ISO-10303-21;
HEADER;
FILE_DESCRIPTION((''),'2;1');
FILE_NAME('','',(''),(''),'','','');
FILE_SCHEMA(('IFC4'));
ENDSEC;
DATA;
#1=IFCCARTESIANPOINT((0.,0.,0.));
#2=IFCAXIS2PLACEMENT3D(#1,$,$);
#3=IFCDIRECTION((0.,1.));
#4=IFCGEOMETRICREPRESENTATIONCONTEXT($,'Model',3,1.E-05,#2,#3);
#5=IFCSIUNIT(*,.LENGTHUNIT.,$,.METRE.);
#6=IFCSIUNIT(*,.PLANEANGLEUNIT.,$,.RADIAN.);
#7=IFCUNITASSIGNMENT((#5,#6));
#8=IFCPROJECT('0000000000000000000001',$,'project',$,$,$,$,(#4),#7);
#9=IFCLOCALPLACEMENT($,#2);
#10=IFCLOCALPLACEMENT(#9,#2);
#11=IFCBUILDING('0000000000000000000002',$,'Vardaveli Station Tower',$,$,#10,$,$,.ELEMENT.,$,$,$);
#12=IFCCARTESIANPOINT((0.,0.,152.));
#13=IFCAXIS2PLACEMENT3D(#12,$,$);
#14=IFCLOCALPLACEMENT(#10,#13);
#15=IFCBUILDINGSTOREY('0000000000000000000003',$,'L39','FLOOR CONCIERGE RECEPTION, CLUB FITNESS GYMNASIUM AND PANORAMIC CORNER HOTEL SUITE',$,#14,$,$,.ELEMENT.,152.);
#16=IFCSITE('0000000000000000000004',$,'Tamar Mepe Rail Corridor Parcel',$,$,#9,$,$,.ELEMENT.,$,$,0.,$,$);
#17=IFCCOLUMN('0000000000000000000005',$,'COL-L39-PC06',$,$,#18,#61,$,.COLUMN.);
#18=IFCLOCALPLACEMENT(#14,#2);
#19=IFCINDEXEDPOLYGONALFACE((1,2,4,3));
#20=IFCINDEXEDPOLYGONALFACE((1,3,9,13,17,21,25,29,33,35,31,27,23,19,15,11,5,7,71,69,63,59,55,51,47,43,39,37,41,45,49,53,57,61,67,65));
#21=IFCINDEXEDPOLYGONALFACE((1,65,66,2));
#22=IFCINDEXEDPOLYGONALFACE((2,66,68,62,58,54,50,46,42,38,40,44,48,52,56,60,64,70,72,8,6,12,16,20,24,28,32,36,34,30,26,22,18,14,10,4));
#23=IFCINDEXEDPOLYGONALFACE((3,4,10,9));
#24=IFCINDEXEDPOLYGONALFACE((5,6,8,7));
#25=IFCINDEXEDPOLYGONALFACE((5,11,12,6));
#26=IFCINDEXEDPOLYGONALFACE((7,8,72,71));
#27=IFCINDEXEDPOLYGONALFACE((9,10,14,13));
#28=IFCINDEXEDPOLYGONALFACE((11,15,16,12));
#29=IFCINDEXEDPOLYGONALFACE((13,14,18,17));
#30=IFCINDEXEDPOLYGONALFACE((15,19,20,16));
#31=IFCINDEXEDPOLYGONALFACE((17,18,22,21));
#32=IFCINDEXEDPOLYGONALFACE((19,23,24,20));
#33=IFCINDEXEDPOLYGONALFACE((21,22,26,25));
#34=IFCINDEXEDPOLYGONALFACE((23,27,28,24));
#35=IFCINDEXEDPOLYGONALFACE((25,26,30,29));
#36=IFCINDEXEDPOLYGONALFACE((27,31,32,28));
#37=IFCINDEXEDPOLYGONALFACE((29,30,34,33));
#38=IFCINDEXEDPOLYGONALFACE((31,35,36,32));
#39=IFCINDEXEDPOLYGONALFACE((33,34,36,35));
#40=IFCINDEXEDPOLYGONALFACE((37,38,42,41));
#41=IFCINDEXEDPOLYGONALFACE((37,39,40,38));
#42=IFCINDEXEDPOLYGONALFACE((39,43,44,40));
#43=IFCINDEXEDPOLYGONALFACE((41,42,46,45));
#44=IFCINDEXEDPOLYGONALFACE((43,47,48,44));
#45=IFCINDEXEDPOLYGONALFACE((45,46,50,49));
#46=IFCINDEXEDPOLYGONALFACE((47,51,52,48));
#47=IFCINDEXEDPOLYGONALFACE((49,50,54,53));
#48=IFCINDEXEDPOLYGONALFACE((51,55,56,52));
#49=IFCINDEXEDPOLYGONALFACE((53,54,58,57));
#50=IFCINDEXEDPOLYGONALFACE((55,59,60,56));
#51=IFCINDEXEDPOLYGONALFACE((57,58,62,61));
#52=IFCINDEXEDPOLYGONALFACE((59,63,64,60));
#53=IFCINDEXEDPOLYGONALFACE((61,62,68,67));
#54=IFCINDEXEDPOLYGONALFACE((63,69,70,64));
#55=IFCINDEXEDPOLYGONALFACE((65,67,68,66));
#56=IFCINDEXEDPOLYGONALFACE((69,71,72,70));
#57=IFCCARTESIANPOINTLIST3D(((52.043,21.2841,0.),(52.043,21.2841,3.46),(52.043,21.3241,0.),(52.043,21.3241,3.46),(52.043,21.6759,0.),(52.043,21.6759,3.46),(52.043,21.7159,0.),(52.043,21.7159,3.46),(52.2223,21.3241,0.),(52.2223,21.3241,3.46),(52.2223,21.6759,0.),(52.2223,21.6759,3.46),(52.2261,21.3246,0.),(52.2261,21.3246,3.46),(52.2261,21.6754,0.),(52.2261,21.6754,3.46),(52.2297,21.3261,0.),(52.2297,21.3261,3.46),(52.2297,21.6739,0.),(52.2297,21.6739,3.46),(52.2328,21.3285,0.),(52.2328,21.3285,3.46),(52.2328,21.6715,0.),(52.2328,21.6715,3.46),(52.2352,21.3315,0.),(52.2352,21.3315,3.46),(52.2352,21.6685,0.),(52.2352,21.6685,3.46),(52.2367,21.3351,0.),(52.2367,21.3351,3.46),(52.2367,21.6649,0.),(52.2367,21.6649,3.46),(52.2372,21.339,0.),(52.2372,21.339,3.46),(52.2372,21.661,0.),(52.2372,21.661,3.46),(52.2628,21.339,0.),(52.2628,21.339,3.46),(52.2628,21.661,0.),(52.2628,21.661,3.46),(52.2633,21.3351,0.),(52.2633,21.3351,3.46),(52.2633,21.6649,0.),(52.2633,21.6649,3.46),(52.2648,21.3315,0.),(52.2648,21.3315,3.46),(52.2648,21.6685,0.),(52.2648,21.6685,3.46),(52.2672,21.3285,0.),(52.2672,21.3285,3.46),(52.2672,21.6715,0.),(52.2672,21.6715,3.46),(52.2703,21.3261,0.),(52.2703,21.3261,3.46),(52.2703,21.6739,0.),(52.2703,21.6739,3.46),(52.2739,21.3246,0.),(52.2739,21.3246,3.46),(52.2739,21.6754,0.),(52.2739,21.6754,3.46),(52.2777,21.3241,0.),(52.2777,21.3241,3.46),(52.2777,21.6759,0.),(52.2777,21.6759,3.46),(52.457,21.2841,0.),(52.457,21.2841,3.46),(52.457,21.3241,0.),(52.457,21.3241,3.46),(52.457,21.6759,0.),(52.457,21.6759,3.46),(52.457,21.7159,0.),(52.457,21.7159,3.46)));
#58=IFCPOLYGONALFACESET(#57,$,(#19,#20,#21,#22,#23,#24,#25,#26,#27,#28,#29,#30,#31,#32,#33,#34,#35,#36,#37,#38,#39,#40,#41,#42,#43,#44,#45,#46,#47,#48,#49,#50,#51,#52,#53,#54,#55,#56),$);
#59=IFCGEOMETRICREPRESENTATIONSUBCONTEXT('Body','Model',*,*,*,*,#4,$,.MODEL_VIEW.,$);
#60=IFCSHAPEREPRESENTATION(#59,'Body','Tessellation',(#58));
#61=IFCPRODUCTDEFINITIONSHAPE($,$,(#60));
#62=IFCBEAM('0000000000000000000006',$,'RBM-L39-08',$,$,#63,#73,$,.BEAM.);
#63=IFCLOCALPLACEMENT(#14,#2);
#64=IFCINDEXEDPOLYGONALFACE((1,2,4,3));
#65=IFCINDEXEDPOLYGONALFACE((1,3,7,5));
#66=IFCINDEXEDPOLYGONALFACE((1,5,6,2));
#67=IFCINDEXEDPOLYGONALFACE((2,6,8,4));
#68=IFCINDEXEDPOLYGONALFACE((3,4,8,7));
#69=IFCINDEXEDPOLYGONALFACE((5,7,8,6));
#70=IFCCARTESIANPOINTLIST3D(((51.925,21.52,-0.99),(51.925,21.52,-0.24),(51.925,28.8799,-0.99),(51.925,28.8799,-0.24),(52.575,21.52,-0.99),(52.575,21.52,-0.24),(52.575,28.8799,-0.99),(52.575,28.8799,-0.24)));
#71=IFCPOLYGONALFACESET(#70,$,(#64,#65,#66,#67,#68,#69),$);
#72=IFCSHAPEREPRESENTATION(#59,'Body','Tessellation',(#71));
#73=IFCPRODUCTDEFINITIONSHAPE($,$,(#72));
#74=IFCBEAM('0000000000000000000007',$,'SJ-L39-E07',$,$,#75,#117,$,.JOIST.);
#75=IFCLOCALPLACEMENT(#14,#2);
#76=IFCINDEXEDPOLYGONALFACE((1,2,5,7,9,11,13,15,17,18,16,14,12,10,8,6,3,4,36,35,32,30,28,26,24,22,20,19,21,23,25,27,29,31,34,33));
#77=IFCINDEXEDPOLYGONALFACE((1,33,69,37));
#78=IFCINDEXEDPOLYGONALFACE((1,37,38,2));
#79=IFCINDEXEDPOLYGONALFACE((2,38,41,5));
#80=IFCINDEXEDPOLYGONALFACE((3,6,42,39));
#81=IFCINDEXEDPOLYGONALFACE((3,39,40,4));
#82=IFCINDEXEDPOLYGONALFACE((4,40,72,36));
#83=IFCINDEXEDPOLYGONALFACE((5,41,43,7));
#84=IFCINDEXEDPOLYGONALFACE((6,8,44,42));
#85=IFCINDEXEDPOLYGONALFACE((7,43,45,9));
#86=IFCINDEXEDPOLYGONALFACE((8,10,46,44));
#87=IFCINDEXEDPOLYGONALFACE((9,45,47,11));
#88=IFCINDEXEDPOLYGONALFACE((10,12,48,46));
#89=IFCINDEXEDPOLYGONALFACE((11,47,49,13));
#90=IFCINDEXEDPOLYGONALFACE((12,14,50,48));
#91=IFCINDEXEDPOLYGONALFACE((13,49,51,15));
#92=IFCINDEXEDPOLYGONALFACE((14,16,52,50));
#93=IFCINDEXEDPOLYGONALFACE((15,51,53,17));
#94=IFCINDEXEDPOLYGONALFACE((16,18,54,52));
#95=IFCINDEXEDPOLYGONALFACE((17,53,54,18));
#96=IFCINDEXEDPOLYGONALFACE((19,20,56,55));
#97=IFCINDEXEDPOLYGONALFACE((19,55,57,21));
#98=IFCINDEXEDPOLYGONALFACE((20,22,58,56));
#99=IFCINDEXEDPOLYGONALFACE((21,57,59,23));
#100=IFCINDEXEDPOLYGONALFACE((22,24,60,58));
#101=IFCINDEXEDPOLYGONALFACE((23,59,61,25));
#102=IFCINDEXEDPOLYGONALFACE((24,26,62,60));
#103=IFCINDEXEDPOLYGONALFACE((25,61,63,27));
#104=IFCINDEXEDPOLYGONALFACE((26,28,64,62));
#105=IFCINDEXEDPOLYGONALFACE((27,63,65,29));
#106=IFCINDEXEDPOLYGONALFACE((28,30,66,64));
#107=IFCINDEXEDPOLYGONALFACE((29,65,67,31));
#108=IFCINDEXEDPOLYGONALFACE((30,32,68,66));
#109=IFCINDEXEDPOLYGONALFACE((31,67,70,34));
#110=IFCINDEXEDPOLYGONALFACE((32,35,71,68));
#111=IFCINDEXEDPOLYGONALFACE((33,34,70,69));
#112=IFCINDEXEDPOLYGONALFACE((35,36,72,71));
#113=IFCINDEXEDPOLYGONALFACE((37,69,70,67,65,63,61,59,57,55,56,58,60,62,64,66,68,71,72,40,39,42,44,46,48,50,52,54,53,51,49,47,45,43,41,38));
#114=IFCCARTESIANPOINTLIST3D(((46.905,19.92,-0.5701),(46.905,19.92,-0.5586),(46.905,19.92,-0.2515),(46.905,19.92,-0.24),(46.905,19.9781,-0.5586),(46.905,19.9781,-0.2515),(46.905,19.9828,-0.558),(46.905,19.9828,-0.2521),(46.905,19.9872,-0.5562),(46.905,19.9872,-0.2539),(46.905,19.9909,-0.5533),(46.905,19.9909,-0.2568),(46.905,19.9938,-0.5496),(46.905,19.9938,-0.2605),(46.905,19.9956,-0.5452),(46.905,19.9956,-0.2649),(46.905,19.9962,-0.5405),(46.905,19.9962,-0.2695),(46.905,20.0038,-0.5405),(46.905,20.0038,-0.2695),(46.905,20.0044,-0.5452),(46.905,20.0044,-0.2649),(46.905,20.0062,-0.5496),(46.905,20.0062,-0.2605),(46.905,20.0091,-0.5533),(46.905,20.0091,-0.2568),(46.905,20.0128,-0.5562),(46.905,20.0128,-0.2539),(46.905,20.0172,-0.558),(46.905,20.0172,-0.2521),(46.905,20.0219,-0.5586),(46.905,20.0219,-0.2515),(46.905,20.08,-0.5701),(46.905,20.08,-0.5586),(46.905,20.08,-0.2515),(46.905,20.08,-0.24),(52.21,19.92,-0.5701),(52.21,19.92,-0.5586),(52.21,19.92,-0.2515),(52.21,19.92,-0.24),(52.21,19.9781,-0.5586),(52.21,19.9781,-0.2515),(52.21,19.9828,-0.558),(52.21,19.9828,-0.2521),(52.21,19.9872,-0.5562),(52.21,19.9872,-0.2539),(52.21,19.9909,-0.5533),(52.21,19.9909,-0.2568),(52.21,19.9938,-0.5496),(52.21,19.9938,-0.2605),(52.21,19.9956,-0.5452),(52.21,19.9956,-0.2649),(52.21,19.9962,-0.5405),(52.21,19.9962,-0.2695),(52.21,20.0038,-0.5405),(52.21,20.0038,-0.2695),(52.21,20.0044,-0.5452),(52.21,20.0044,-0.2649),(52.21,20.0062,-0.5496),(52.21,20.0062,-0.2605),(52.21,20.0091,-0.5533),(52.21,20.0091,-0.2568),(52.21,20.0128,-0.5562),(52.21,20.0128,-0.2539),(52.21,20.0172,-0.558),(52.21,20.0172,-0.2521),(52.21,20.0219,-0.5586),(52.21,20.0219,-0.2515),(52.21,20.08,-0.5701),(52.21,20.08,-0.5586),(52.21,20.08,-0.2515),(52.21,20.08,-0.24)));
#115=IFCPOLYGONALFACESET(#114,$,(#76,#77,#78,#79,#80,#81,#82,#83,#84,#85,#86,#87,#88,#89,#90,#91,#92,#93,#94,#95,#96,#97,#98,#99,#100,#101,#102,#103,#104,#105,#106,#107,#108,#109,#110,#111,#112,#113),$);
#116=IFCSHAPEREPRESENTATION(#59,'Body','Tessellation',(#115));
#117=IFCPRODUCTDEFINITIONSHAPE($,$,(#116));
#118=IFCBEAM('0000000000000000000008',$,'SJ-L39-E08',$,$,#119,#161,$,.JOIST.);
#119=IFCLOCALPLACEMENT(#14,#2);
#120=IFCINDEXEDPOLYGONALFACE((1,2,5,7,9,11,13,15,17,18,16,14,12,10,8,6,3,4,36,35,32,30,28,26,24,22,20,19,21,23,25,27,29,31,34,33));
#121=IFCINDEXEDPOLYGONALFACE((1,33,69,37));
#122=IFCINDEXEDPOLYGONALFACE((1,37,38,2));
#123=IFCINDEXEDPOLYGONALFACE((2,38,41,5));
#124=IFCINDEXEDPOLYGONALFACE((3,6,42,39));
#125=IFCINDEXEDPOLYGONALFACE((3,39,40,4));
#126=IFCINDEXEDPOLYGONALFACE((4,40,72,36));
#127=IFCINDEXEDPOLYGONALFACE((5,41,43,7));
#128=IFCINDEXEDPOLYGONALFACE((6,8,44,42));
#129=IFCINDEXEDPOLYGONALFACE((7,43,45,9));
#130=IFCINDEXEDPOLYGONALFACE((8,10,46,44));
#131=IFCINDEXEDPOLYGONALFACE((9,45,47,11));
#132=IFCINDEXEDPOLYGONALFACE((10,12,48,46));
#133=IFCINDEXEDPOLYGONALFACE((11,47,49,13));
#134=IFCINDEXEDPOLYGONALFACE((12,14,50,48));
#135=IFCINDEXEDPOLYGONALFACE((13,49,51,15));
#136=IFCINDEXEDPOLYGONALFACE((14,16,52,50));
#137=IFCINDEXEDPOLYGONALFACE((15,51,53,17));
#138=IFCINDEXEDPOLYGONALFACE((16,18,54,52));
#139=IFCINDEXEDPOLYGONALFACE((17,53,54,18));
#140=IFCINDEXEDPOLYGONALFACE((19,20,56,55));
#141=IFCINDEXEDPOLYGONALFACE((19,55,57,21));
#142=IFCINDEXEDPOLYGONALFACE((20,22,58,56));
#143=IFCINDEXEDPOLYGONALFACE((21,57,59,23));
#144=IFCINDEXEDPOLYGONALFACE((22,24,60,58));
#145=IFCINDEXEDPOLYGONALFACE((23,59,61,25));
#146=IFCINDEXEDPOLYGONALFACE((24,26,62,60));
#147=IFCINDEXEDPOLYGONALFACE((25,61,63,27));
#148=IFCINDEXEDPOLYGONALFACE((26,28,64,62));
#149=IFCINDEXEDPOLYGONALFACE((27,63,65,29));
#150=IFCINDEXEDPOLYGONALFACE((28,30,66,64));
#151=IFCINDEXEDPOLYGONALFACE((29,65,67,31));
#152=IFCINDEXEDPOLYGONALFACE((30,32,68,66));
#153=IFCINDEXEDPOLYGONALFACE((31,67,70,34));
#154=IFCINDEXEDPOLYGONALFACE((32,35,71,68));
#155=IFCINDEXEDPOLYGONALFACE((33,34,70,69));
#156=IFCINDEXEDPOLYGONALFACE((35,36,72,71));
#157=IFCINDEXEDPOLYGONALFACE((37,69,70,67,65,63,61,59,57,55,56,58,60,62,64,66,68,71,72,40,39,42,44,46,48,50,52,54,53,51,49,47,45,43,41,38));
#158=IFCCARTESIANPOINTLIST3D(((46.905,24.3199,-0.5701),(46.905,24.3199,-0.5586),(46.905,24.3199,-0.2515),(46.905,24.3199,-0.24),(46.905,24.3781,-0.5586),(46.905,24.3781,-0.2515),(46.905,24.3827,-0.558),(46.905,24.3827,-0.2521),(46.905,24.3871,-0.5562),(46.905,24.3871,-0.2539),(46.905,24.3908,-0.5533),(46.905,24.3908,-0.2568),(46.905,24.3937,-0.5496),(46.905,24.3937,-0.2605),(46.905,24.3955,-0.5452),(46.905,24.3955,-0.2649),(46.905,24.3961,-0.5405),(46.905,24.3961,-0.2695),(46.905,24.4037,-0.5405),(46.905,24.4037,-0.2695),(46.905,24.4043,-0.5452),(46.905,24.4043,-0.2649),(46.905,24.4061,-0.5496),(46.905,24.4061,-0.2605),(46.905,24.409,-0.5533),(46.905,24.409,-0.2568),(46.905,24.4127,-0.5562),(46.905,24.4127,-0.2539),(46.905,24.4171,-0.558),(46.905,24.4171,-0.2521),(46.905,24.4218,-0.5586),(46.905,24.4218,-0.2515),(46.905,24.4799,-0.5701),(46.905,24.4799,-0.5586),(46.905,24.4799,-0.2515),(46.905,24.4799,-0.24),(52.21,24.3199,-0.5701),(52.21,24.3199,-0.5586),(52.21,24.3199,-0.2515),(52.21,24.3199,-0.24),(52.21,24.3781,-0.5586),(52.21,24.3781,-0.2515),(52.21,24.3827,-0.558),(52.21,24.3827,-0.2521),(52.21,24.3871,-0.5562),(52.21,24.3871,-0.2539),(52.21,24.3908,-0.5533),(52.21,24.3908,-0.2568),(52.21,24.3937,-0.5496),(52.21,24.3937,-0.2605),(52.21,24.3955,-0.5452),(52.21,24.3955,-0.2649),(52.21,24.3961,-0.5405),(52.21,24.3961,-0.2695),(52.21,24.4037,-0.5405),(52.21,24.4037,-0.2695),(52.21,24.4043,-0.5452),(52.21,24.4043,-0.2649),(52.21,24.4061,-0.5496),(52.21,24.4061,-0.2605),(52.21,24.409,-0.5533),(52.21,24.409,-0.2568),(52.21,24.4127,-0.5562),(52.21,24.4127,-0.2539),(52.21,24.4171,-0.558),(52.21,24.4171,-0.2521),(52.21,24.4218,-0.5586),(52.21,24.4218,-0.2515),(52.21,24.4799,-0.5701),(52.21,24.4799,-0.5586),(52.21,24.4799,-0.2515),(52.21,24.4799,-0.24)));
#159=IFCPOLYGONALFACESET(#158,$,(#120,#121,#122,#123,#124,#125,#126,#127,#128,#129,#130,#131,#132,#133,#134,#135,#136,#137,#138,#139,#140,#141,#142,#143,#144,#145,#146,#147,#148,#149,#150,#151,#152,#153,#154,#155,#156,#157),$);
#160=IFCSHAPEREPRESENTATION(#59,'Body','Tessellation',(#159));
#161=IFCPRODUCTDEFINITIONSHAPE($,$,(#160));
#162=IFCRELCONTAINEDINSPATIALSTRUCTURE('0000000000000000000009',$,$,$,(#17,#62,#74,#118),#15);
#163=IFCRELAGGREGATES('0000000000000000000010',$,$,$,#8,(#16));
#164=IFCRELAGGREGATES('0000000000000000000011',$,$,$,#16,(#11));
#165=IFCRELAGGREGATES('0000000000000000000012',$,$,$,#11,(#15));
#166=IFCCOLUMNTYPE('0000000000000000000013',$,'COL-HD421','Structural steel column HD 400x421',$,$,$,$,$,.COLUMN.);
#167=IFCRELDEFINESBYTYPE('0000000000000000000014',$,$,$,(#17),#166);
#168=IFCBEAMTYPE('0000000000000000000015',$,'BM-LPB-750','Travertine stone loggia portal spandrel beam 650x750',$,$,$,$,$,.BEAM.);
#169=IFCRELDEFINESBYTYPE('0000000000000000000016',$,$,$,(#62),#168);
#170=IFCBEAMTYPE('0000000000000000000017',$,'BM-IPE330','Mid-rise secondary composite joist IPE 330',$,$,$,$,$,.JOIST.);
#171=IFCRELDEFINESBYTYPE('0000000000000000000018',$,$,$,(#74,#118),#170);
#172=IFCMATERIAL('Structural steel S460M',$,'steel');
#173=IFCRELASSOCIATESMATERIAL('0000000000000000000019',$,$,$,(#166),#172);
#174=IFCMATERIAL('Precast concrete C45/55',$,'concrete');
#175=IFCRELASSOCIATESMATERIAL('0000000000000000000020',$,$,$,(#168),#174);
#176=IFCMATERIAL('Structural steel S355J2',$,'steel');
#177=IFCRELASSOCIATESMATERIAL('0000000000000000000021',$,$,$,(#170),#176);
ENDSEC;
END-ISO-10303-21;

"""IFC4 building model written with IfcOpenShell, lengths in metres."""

from ifc_helpers import new_model, si_unit, direction, frame, origin, origin_2d, place, context, subcontext, project, spatial, rectangle, i_section, extrude, source, transform, mapped, material, material_profile, profile_set, type_object, element, save


model = new_model("IFC4")

# Units and contexts
model_context = context("Model", 3, precision=1e-05, world=origin(), true_north=direction((0.0, 1.0)))
body_context = subcontext(model_context, "Body", "Model", "MODEL_VIEW")
ifc_project = project(units=[si_unit("LENGTHUNIT", "METRE"), si_unit("PLANEANGLEUNIT", "RADIAN")], contexts=[model_context])

# Site, building, storey
site_placement = place(None, origin())
site = spatial("IfcSite", under=ifc_project, at=site_placement, Name="Tamar Mepe Rail Corridor Parcel", CompositionType="ELEMENT", RefElevation=0.0)
building_placement = place(site_placement, origin())
building = spatial("IfcBuilding", under=site, at=building_placement, Name="Vardaveli Station Tower", CompositionType="ELEMENT")
storey_placement = place(building_placement, frame((0.0, 0.0, 152.0)))
storey = spatial("IfcBuildingStorey", under=building, at=storey_placement, Name="L39", Description="FLOOR CONCIERGE RECEPTION, CLUB FITNESS GYMNASIUM AND PANORAMIC CORNER HOTEL SUITE", CompositionType="ELEMENT", Elevation=152.0)

# Column
ifc_material_1 = material(Name="Structural steel S460M", Category="steel")
ifc_material_profile_1 = material_profile(ifc_material_1, i_section(OverallWidth=0.4141, OverallDepth=0.4319, WebThickness=0.0256, FlangeThickness=0.04, FilletRadius=0.0149, at=origin_2d()), Name="HD 400x421")
ifc_profile_set_1 = profile_set([ifc_material_profile_1], Name="Structural steel S460M")
column_type = type_object("IfcColumnType", Name="COL-HD421", Description="Structural steel column HD 400x421", PredefinedType="COLUMN", material=ifc_profile_set_1)
shared_shape_1 = source(origin(), body_context, "Body", "SweptSolid", [
    extrude(i_section(OverallWidth=0.4141, OverallDepth=0.4319, WebThickness=0.0256, FlangeThickness=0.04, FilletRadius=0.0149, at=origin_2d()), origin(), (0.0, 0.0, 1.0), 3.46),
])
column_placement = place(storey_placement, frame((52.25, 21.5, 0.0), z_axis=(0.0, 0.0, 1.0), x_axis=(1.0, 0.0, 0.0)))
element("IfcColumn", 1, at=column_placement, inside=storey, type_object=column_type, Name="COL-L39-PC06", PredefinedType="COLUMN", context=body_context, shape_type="MappedRepresentation", body=[
    mapped(shared_shape_1, transform((0.0, 0.0, 0.0), scale=1.0)),
])

# Beams
ifc_material_2 = material(Name="Precast concrete C45/55", Category="concrete")
ifc_material_profile_2 = material_profile(ifc_material_2, rectangle(XDim=0.6499, YDim=0.75, at=origin_2d()), Name="LPB 650x750")
ifc_profile_set_2 = profile_set([ifc_material_profile_2], Name="Precast concrete C45/55")
beam_type_1 = type_object("IfcBeamType", Name="BM-LPB-750", Description="Travertine stone loggia portal spandrel beam 650x750", PredefinedType="BEAM", material=ifc_profile_set_2)
shared_shape_2 = source(origin(), body_context, "Body", "SweptSolid", [
    extrude(rectangle(XDim=0.6499, YDim=0.75, at=origin_2d()), origin(), (0.0, 0.0, 1.0), 7.3599),
])
beam_1_placement = place(storey_placement, frame((52.25, 21.52, -0.615), z_axis=(0.0, 1.0, 0.0), x_axis=(-1.0, 0.0, 0.0)))
element("IfcBeam", 2, at=beam_1_placement, inside=storey, type_object=beam_type_1, Name="RBM-L39-08", PredefinedType="BEAM", context=body_context, shape_type="MappedRepresentation", body=[
    mapped(shared_shape_2, transform((0.0, 0.0, 0.0), scale=1.0)),
])
ifc_material_3 = material(Name="Structural steel S355J2", Category="steel")
ifc_material_profile_3 = material_profile(ifc_material_3, i_section(OverallWidth=0.1599, OverallDepth=0.3301, WebThickness=0.0076, FlangeThickness=0.0115, FilletRadius=0.0181, at=origin_2d()), Name="IPE 330")
ifc_profile_set_3 = profile_set([ifc_material_profile_3], Name="Structural steel S355J2")
beam_type_2 = type_object("IfcBeamType", Name="BM-IPE330", Description="Mid-rise secondary composite joist IPE 330", PredefinedType="JOIST", material=ifc_profile_set_3)
shared_shape_3 = source(origin(), body_context, "Body", "SweptSolid", [
    extrude(i_section(OverallWidth=0.1599, OverallDepth=0.3301, WebThickness=0.0076, FlangeThickness=0.0115, FilletRadius=0.0181, at=origin_2d()), origin(), (0.0, 0.0, 1.0), 5.3049),
])
for number, where, z_axis, x_axis, name in (
    (3, (46.905, 20.0, -0.405), (1.0, 0.0, 0.0), (0.0, 1.0, 0.0), "SJ-L39-E07"),
    (4, (46.905, 24.3999, -0.405), (1.0, 0.0, 0.0), (0.0, 1.0, 0.0), "SJ-L39-E08"),
):
    element("IfcBeam", number, at=place(storey_placement, frame(where, z_axis=z_axis, x_axis=x_axis)), inside=storey, type_object=beam_type_2, Name=name, PredefinedType="JOIST", context=body_context, shape_type="MappedRepresentation", body=[
        mapped(shared_shape_3, transform((0.0, 0.0, 0.0), scale=1.0)),
    ])

save(model, "model.ifc")
